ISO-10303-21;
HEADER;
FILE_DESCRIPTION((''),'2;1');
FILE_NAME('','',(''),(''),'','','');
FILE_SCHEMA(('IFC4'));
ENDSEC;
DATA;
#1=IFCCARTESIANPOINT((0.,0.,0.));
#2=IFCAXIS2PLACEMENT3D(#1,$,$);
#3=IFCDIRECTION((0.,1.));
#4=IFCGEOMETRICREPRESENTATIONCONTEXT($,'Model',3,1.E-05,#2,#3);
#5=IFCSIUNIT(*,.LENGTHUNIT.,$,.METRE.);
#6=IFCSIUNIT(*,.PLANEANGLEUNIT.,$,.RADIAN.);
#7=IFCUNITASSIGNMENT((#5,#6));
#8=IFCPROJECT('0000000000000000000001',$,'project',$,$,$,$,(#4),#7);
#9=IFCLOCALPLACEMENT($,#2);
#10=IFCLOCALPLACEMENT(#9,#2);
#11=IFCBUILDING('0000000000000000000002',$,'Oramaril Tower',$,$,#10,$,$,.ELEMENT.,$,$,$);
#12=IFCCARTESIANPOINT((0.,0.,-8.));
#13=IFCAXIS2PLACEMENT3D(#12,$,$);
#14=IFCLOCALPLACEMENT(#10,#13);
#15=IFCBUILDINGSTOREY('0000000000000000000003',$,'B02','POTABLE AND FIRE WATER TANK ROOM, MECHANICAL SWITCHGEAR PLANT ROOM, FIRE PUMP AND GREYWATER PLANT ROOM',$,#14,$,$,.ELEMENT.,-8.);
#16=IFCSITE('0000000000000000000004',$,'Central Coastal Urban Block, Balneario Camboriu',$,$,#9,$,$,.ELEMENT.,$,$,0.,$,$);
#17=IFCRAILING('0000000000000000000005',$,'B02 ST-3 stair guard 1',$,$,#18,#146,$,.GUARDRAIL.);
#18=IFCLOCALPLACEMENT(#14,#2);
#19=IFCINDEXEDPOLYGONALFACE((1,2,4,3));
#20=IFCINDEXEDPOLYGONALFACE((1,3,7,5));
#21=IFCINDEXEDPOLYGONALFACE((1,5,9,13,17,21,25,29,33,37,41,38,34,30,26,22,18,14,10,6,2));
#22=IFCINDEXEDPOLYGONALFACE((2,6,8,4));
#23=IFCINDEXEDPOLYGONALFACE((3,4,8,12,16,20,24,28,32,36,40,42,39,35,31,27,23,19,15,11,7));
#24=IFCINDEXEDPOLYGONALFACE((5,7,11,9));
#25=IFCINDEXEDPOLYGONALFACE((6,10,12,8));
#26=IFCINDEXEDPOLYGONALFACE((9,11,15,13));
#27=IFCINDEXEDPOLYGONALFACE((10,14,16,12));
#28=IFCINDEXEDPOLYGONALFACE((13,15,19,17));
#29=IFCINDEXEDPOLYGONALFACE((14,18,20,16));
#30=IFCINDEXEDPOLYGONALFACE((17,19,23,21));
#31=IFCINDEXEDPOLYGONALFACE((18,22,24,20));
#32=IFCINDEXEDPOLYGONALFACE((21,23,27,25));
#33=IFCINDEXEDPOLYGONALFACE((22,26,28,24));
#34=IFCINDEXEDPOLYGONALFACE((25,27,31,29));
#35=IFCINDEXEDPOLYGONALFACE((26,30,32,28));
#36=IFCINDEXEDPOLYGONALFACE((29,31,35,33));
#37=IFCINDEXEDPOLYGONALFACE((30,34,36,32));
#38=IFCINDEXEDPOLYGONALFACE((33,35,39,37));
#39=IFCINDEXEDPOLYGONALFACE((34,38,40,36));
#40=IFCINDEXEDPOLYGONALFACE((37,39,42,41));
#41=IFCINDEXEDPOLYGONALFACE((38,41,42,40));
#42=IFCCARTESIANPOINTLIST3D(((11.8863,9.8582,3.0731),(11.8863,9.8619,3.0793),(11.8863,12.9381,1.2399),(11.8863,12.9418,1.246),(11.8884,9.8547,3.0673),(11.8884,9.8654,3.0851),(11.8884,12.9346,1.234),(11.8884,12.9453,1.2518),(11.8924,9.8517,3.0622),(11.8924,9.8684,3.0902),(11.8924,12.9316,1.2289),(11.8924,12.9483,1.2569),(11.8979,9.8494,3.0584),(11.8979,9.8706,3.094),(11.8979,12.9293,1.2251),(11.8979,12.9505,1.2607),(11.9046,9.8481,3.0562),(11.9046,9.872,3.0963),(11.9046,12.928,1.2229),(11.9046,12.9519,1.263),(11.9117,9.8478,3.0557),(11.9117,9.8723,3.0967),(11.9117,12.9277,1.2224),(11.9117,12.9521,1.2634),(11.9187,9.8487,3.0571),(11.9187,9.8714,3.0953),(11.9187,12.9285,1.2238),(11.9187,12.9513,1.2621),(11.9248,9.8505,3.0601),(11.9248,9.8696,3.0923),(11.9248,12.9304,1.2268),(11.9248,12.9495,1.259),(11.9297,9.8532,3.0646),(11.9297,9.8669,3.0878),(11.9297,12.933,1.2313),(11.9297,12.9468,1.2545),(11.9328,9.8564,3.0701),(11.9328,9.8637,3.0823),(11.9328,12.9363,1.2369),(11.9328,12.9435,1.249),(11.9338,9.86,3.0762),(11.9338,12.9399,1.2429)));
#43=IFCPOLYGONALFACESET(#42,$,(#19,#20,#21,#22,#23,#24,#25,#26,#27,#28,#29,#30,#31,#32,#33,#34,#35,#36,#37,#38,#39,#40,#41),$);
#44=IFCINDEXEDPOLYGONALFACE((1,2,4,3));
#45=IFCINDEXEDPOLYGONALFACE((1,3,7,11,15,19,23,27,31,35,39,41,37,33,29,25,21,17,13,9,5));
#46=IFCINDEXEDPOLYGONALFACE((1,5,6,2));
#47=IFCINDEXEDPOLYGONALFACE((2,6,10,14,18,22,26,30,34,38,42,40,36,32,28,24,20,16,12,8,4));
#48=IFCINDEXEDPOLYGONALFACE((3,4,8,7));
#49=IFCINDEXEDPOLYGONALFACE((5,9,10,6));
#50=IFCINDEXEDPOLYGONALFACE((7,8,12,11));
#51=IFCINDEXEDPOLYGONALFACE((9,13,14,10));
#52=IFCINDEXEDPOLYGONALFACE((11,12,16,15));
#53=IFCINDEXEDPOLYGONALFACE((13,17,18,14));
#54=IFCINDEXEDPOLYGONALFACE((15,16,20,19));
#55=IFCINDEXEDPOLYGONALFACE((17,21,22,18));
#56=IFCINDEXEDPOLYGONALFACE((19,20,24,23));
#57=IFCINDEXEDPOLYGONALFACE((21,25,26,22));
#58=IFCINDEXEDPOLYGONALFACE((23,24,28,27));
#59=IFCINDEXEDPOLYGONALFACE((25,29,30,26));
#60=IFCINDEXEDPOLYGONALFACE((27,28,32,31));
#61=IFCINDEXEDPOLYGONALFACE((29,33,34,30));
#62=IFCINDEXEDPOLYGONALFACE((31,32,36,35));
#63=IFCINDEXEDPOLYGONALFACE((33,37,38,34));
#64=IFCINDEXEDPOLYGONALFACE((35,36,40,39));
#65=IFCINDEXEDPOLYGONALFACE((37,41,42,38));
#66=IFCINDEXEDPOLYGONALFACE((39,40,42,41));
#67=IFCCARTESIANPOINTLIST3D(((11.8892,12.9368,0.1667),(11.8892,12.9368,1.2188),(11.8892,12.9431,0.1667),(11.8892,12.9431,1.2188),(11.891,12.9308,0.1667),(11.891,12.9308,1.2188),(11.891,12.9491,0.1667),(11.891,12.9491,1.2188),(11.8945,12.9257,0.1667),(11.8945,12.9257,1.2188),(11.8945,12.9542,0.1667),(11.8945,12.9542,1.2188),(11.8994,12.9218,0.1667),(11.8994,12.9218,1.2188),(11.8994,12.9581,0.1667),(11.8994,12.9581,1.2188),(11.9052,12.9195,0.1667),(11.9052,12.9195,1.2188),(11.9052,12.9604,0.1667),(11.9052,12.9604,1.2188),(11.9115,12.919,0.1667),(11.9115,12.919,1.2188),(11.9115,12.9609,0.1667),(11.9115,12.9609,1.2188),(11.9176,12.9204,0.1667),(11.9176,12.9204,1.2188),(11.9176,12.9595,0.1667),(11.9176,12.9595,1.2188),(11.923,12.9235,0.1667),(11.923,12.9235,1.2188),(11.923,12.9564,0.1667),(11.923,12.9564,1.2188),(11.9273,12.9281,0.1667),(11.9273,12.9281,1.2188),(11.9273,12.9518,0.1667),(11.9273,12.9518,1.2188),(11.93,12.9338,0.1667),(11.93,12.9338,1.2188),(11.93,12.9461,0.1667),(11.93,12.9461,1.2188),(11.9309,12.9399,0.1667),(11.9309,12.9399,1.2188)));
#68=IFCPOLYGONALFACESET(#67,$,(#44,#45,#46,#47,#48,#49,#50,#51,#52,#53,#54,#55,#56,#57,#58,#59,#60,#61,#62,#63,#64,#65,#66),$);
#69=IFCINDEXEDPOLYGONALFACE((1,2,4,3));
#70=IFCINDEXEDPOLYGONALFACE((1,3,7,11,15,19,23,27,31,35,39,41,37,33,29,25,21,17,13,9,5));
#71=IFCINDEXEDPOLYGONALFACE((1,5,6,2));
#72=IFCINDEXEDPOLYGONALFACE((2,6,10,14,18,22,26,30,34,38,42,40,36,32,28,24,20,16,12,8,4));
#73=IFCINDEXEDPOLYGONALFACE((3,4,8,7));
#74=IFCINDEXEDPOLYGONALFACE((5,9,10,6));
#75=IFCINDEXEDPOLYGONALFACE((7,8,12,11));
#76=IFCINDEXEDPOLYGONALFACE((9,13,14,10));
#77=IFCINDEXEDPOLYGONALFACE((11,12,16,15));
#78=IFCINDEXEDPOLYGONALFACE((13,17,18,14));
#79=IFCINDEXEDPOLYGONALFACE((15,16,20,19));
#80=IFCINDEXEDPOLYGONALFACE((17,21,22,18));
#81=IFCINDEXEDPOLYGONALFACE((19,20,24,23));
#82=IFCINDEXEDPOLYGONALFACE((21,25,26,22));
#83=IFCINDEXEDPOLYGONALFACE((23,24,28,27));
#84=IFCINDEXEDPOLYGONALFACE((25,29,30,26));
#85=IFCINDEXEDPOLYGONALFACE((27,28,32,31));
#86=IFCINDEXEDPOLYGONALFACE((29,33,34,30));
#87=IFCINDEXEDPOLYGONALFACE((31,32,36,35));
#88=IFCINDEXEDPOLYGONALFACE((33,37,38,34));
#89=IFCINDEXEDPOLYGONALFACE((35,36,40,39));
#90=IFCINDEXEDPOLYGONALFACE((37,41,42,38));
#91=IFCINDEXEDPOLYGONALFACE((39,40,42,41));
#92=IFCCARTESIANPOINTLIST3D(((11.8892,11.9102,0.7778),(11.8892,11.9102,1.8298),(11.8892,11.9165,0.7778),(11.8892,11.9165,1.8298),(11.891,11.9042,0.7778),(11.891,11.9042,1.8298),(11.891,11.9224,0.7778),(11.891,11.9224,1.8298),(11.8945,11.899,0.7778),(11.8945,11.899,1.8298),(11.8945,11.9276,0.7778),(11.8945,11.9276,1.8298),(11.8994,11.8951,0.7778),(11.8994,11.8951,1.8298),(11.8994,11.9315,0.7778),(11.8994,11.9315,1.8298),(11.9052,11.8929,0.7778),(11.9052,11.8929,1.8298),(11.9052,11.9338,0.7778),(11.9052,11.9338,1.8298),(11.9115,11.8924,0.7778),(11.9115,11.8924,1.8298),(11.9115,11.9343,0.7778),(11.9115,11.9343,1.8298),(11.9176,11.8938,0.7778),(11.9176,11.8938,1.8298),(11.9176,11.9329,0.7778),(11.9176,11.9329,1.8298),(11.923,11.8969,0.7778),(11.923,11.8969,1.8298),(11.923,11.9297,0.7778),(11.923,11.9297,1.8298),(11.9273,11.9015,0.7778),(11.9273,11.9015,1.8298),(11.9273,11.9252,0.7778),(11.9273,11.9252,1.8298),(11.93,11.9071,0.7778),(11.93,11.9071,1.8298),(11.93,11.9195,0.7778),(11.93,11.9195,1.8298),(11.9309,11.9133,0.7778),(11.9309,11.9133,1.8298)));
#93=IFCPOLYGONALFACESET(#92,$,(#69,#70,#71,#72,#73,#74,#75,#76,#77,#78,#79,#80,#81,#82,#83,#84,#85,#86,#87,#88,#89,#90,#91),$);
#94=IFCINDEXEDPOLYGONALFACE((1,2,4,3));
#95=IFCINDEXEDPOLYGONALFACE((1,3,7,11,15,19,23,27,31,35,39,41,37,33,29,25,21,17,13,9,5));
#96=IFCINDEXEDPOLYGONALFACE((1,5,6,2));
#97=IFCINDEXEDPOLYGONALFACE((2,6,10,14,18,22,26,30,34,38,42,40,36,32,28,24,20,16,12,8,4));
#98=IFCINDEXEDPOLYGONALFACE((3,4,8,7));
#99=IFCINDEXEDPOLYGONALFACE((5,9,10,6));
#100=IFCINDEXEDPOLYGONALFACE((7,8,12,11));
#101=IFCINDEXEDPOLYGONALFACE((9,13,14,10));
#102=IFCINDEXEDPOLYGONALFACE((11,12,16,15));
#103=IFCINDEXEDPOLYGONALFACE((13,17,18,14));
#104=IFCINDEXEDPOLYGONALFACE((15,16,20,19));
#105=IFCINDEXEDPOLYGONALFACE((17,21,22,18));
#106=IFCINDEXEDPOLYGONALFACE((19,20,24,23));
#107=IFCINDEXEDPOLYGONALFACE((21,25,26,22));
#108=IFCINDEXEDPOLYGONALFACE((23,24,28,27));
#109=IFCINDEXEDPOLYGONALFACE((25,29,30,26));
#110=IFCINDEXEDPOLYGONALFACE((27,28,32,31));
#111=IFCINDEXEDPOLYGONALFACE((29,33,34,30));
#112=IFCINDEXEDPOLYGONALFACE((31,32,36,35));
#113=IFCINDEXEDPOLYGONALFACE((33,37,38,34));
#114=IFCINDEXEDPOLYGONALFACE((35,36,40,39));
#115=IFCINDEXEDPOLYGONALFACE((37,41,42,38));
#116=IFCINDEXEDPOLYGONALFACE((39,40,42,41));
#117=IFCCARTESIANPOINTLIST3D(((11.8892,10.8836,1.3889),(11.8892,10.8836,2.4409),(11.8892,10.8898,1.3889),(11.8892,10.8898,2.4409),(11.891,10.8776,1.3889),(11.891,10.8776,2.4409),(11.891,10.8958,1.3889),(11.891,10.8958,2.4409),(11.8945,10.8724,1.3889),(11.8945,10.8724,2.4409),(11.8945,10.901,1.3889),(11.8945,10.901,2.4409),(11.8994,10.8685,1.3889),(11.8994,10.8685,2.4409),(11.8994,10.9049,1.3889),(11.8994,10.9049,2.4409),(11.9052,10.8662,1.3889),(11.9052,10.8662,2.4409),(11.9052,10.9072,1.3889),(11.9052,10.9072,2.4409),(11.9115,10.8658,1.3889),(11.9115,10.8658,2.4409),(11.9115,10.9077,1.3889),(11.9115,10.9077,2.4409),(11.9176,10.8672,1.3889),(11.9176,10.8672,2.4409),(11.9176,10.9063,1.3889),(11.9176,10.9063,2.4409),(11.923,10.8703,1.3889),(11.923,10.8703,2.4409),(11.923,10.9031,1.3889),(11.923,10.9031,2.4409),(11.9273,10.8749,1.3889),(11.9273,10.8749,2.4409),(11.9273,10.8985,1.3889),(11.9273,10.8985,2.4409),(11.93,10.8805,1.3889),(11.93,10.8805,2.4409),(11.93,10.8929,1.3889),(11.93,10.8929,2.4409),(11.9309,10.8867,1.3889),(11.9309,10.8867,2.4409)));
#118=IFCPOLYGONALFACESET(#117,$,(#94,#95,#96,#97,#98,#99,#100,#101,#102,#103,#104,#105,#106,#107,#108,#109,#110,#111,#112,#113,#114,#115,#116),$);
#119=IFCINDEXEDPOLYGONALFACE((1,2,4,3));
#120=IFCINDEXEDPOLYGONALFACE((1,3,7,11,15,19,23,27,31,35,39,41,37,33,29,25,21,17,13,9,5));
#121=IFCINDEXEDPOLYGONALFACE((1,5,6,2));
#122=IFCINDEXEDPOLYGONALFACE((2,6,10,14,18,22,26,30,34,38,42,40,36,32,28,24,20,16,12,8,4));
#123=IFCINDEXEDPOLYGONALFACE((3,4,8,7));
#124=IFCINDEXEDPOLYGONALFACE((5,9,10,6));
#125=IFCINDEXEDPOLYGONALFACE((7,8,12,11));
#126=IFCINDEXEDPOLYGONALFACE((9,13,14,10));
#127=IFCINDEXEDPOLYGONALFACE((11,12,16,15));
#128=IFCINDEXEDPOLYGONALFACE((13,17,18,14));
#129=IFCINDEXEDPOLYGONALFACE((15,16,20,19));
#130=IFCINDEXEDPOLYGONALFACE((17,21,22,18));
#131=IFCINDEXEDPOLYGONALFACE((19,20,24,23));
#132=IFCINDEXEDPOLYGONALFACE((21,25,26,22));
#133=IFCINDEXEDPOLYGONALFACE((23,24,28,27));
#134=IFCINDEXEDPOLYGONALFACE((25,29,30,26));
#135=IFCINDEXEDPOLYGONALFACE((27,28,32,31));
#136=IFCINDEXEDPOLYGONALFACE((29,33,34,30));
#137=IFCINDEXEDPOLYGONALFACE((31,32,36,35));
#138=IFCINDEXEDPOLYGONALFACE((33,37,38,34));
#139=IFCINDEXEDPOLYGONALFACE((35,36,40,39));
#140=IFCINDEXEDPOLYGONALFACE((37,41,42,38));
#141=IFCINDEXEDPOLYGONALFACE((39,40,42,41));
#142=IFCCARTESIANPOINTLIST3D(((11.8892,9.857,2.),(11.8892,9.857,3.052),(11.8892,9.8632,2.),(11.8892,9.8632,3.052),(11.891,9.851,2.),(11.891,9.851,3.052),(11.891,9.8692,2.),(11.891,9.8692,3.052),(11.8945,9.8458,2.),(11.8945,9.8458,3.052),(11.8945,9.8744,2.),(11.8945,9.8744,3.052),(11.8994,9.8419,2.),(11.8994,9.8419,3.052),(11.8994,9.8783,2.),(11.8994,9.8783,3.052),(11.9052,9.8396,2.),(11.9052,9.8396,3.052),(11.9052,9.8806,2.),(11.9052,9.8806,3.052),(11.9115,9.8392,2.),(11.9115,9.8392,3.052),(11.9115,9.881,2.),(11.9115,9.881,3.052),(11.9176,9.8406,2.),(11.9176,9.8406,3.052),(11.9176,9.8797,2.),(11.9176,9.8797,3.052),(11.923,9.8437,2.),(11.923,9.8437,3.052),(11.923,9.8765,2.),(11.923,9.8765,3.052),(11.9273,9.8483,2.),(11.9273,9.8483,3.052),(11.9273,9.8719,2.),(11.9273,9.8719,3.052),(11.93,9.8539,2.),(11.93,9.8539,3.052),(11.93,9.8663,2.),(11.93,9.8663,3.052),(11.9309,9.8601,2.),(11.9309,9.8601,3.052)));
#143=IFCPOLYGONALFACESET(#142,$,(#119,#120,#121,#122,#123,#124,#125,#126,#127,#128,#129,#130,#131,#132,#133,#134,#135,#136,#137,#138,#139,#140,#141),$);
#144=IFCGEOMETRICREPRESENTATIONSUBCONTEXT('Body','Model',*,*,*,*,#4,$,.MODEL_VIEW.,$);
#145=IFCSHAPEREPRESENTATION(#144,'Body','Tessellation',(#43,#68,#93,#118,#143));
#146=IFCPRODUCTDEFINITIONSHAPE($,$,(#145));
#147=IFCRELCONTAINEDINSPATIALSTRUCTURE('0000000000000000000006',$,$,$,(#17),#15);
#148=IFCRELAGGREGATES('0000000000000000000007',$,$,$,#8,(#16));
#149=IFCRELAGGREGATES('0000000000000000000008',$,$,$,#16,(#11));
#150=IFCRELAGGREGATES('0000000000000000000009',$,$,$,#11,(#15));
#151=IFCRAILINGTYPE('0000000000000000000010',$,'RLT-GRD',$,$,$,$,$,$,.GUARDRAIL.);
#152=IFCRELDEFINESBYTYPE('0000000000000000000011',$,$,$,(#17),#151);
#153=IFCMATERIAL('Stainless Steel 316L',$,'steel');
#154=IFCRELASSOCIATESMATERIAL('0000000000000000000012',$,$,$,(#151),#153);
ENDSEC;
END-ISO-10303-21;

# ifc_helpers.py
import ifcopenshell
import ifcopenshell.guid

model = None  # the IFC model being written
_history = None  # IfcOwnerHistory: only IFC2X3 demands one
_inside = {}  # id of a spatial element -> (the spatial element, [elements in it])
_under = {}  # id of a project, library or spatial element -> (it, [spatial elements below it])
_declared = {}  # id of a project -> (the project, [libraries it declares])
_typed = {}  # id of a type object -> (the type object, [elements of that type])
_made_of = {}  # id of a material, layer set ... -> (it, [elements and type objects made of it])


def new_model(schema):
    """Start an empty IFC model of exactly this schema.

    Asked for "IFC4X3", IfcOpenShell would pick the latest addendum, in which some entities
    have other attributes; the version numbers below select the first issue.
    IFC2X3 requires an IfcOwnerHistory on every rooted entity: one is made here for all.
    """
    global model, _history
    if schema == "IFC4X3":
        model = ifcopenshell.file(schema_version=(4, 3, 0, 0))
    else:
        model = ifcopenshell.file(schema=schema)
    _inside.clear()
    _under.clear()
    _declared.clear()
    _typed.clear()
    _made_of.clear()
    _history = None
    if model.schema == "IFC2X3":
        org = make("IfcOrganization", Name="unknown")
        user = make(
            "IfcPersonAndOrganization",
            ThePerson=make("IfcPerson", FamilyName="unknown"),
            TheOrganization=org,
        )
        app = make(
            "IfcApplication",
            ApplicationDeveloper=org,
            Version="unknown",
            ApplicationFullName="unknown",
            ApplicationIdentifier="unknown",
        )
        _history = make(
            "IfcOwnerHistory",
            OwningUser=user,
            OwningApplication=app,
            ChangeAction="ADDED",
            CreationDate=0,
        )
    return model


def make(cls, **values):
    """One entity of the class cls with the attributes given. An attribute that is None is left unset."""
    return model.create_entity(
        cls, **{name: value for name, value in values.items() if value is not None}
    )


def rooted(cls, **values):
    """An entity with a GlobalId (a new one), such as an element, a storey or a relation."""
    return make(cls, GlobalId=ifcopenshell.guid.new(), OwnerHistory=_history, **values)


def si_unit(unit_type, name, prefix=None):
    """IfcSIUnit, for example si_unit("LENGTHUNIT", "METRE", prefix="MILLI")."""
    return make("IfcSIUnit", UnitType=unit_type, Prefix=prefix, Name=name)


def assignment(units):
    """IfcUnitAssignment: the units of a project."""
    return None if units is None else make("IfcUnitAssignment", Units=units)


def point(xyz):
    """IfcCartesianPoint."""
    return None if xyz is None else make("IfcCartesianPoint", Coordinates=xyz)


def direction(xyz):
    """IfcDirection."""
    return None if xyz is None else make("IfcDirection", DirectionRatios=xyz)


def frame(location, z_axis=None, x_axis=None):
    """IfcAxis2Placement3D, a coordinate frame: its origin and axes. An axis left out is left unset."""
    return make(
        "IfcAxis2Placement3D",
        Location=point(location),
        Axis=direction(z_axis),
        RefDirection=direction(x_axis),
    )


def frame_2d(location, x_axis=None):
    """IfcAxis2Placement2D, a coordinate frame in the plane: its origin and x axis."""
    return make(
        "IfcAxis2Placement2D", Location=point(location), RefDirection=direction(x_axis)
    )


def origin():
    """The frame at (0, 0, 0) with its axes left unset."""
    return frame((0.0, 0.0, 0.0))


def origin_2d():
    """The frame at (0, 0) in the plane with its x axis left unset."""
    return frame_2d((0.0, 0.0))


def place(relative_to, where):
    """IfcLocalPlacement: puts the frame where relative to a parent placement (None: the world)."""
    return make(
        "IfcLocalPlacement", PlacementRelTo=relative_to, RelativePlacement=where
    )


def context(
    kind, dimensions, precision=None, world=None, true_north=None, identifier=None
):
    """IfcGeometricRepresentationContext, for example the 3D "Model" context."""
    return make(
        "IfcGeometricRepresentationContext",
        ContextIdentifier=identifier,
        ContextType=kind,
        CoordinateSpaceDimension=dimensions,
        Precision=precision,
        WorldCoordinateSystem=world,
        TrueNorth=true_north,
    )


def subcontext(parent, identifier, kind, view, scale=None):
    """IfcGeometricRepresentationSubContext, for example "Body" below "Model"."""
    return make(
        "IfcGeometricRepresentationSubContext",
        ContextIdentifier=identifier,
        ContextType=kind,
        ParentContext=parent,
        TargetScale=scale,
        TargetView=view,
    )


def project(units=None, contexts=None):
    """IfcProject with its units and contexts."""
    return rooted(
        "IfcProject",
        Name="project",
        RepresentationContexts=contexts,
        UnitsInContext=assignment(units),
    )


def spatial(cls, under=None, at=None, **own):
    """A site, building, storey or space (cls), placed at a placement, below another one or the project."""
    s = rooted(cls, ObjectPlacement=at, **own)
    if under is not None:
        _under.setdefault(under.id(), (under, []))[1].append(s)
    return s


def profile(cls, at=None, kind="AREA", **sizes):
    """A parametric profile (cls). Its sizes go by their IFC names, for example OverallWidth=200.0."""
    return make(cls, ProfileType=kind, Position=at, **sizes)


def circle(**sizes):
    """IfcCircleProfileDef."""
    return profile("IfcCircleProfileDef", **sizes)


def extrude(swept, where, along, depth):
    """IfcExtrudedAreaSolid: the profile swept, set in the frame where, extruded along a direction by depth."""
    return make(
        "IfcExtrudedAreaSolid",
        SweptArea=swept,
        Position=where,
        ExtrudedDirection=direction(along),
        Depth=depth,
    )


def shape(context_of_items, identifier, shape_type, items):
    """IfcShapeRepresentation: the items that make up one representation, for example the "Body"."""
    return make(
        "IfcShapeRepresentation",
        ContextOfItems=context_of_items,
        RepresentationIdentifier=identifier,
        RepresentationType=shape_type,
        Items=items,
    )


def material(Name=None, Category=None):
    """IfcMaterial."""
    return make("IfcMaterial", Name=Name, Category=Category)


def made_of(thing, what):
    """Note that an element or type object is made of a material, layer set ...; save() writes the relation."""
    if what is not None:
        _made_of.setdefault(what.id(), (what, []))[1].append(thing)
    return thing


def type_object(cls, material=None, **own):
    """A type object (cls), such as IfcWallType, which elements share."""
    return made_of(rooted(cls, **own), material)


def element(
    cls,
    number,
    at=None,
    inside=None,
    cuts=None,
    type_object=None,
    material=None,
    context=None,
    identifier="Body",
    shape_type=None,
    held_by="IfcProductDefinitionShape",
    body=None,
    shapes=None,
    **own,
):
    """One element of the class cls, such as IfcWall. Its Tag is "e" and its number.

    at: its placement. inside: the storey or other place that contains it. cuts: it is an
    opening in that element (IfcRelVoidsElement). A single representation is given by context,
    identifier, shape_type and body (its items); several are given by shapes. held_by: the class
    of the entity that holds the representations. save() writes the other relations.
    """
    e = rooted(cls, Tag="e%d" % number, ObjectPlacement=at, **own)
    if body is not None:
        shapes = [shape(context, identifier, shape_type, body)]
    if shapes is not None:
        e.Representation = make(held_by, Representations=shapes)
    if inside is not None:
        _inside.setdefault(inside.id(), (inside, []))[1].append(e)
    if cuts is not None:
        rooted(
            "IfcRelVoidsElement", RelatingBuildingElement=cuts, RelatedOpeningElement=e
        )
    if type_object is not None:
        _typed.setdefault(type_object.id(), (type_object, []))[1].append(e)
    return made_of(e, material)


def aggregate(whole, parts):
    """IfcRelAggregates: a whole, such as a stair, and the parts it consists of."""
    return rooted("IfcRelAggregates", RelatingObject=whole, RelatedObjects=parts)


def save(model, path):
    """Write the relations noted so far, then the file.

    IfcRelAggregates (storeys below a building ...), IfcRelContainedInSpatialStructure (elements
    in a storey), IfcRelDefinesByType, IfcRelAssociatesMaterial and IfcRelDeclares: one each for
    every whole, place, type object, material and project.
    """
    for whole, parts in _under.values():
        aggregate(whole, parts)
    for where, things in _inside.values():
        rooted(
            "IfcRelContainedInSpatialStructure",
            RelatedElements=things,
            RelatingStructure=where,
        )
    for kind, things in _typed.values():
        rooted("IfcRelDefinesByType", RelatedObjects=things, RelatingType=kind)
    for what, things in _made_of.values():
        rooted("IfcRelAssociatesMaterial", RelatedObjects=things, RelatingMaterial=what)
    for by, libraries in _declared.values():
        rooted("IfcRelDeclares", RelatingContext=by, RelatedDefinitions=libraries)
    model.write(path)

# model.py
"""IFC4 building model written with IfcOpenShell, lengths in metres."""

from ifc_helpers import new_model, si_unit, direction, frame, origin, origin_2d, place, context, subcontext, project, spatial, circle, extrude, material, type_object, element, save


model = new_model("IFC4")

# Units and contexts
model_context = context("Model", 3, precision=1e-05, world=origin(), true_north=direction((0.0, 1.0)))
body_context = subcontext(model_context, "Body", "Model", "MODEL_VIEW")
ifc_project = project(units=[si_unit("LENGTHUNIT", "METRE"), si_unit("PLANEANGLEUNIT", "RADIAN")], contexts=[model_context])

# Site, building, storey
site_placement = place(None, origin())
site = spatial("IfcSite", under=ifc_project, at=site_placement, Name="Central Coastal Urban Block, Balneario Camboriu", CompositionType="ELEMENT", RefElevation=0.0)
building_placement = place(site_placement, origin())
building = spatial("IfcBuilding", under=site, at=building_placement, Name="Oramaril Tower", CompositionType="ELEMENT")
storey_placement = place(building_placement, frame((0.0, 0.0, -8.0)))
storey = spatial("IfcBuildingStorey", under=building, at=storey_placement, Name="B02", Description="POTABLE AND FIRE WATER TANK ROOM, MECHANICAL SWITCHGEAR PLANT ROOM, FIRE PUMP AND GREYWATER PLANT ROOM", CompositionType="ELEMENT", Elevation=-8.0)

# Railing
ifc_material_1 = material(Name="Stainless Steel 316L", Category="steel")
railing_type_1 = type_object("IfcRailingType", Name="RLT-GRD", PredefinedType="GUARDRAIL", material=ifc_material_1)
railing_1_placement = place(storey_placement, frame((11.9099, 12.9399, 0.1667)))
element("IfcRailing", 1, at=railing_1_placement, inside=storey, type_object=railing_type_1, Name="B02 ST-3 stair guard 1", PredefinedType="GUARDRAIL", context=body_context, shape_type="SweptSolid", body=[
    extrude(circle(Radius=0.0239, at=origin_2d()), frame((0.0, 0.0, 1.0762), z_axis=(0.0, -0.859291, 0.511487), x_axis=(1.0, 0.0, 0.0)), (0.0, 0.0, 1.0), 3.5842),
    extrude(circle(Radius=0.021, at=origin_2d()), origin(), (0.0, 0.0, 1.0), 1.052),
    extrude(circle(Radius=0.021, at=origin_2d()), frame((0.0, -1.0266, 0.6111)), (0.0, 0.0, 1.0), 1.052),
    extrude(circle(Radius=0.021, at=origin_2d()), frame((0.0, -2.0532, 1.2222)), (0.0, 0.0, 1.0), 1.052),
    extrude(circle(Radius=0.021, at=origin_2d()), frame((0.0, -3.0798, 1.8333)), (0.0, 0.0, 1.0), 1.052),
])

save(model, "model.ifc")
